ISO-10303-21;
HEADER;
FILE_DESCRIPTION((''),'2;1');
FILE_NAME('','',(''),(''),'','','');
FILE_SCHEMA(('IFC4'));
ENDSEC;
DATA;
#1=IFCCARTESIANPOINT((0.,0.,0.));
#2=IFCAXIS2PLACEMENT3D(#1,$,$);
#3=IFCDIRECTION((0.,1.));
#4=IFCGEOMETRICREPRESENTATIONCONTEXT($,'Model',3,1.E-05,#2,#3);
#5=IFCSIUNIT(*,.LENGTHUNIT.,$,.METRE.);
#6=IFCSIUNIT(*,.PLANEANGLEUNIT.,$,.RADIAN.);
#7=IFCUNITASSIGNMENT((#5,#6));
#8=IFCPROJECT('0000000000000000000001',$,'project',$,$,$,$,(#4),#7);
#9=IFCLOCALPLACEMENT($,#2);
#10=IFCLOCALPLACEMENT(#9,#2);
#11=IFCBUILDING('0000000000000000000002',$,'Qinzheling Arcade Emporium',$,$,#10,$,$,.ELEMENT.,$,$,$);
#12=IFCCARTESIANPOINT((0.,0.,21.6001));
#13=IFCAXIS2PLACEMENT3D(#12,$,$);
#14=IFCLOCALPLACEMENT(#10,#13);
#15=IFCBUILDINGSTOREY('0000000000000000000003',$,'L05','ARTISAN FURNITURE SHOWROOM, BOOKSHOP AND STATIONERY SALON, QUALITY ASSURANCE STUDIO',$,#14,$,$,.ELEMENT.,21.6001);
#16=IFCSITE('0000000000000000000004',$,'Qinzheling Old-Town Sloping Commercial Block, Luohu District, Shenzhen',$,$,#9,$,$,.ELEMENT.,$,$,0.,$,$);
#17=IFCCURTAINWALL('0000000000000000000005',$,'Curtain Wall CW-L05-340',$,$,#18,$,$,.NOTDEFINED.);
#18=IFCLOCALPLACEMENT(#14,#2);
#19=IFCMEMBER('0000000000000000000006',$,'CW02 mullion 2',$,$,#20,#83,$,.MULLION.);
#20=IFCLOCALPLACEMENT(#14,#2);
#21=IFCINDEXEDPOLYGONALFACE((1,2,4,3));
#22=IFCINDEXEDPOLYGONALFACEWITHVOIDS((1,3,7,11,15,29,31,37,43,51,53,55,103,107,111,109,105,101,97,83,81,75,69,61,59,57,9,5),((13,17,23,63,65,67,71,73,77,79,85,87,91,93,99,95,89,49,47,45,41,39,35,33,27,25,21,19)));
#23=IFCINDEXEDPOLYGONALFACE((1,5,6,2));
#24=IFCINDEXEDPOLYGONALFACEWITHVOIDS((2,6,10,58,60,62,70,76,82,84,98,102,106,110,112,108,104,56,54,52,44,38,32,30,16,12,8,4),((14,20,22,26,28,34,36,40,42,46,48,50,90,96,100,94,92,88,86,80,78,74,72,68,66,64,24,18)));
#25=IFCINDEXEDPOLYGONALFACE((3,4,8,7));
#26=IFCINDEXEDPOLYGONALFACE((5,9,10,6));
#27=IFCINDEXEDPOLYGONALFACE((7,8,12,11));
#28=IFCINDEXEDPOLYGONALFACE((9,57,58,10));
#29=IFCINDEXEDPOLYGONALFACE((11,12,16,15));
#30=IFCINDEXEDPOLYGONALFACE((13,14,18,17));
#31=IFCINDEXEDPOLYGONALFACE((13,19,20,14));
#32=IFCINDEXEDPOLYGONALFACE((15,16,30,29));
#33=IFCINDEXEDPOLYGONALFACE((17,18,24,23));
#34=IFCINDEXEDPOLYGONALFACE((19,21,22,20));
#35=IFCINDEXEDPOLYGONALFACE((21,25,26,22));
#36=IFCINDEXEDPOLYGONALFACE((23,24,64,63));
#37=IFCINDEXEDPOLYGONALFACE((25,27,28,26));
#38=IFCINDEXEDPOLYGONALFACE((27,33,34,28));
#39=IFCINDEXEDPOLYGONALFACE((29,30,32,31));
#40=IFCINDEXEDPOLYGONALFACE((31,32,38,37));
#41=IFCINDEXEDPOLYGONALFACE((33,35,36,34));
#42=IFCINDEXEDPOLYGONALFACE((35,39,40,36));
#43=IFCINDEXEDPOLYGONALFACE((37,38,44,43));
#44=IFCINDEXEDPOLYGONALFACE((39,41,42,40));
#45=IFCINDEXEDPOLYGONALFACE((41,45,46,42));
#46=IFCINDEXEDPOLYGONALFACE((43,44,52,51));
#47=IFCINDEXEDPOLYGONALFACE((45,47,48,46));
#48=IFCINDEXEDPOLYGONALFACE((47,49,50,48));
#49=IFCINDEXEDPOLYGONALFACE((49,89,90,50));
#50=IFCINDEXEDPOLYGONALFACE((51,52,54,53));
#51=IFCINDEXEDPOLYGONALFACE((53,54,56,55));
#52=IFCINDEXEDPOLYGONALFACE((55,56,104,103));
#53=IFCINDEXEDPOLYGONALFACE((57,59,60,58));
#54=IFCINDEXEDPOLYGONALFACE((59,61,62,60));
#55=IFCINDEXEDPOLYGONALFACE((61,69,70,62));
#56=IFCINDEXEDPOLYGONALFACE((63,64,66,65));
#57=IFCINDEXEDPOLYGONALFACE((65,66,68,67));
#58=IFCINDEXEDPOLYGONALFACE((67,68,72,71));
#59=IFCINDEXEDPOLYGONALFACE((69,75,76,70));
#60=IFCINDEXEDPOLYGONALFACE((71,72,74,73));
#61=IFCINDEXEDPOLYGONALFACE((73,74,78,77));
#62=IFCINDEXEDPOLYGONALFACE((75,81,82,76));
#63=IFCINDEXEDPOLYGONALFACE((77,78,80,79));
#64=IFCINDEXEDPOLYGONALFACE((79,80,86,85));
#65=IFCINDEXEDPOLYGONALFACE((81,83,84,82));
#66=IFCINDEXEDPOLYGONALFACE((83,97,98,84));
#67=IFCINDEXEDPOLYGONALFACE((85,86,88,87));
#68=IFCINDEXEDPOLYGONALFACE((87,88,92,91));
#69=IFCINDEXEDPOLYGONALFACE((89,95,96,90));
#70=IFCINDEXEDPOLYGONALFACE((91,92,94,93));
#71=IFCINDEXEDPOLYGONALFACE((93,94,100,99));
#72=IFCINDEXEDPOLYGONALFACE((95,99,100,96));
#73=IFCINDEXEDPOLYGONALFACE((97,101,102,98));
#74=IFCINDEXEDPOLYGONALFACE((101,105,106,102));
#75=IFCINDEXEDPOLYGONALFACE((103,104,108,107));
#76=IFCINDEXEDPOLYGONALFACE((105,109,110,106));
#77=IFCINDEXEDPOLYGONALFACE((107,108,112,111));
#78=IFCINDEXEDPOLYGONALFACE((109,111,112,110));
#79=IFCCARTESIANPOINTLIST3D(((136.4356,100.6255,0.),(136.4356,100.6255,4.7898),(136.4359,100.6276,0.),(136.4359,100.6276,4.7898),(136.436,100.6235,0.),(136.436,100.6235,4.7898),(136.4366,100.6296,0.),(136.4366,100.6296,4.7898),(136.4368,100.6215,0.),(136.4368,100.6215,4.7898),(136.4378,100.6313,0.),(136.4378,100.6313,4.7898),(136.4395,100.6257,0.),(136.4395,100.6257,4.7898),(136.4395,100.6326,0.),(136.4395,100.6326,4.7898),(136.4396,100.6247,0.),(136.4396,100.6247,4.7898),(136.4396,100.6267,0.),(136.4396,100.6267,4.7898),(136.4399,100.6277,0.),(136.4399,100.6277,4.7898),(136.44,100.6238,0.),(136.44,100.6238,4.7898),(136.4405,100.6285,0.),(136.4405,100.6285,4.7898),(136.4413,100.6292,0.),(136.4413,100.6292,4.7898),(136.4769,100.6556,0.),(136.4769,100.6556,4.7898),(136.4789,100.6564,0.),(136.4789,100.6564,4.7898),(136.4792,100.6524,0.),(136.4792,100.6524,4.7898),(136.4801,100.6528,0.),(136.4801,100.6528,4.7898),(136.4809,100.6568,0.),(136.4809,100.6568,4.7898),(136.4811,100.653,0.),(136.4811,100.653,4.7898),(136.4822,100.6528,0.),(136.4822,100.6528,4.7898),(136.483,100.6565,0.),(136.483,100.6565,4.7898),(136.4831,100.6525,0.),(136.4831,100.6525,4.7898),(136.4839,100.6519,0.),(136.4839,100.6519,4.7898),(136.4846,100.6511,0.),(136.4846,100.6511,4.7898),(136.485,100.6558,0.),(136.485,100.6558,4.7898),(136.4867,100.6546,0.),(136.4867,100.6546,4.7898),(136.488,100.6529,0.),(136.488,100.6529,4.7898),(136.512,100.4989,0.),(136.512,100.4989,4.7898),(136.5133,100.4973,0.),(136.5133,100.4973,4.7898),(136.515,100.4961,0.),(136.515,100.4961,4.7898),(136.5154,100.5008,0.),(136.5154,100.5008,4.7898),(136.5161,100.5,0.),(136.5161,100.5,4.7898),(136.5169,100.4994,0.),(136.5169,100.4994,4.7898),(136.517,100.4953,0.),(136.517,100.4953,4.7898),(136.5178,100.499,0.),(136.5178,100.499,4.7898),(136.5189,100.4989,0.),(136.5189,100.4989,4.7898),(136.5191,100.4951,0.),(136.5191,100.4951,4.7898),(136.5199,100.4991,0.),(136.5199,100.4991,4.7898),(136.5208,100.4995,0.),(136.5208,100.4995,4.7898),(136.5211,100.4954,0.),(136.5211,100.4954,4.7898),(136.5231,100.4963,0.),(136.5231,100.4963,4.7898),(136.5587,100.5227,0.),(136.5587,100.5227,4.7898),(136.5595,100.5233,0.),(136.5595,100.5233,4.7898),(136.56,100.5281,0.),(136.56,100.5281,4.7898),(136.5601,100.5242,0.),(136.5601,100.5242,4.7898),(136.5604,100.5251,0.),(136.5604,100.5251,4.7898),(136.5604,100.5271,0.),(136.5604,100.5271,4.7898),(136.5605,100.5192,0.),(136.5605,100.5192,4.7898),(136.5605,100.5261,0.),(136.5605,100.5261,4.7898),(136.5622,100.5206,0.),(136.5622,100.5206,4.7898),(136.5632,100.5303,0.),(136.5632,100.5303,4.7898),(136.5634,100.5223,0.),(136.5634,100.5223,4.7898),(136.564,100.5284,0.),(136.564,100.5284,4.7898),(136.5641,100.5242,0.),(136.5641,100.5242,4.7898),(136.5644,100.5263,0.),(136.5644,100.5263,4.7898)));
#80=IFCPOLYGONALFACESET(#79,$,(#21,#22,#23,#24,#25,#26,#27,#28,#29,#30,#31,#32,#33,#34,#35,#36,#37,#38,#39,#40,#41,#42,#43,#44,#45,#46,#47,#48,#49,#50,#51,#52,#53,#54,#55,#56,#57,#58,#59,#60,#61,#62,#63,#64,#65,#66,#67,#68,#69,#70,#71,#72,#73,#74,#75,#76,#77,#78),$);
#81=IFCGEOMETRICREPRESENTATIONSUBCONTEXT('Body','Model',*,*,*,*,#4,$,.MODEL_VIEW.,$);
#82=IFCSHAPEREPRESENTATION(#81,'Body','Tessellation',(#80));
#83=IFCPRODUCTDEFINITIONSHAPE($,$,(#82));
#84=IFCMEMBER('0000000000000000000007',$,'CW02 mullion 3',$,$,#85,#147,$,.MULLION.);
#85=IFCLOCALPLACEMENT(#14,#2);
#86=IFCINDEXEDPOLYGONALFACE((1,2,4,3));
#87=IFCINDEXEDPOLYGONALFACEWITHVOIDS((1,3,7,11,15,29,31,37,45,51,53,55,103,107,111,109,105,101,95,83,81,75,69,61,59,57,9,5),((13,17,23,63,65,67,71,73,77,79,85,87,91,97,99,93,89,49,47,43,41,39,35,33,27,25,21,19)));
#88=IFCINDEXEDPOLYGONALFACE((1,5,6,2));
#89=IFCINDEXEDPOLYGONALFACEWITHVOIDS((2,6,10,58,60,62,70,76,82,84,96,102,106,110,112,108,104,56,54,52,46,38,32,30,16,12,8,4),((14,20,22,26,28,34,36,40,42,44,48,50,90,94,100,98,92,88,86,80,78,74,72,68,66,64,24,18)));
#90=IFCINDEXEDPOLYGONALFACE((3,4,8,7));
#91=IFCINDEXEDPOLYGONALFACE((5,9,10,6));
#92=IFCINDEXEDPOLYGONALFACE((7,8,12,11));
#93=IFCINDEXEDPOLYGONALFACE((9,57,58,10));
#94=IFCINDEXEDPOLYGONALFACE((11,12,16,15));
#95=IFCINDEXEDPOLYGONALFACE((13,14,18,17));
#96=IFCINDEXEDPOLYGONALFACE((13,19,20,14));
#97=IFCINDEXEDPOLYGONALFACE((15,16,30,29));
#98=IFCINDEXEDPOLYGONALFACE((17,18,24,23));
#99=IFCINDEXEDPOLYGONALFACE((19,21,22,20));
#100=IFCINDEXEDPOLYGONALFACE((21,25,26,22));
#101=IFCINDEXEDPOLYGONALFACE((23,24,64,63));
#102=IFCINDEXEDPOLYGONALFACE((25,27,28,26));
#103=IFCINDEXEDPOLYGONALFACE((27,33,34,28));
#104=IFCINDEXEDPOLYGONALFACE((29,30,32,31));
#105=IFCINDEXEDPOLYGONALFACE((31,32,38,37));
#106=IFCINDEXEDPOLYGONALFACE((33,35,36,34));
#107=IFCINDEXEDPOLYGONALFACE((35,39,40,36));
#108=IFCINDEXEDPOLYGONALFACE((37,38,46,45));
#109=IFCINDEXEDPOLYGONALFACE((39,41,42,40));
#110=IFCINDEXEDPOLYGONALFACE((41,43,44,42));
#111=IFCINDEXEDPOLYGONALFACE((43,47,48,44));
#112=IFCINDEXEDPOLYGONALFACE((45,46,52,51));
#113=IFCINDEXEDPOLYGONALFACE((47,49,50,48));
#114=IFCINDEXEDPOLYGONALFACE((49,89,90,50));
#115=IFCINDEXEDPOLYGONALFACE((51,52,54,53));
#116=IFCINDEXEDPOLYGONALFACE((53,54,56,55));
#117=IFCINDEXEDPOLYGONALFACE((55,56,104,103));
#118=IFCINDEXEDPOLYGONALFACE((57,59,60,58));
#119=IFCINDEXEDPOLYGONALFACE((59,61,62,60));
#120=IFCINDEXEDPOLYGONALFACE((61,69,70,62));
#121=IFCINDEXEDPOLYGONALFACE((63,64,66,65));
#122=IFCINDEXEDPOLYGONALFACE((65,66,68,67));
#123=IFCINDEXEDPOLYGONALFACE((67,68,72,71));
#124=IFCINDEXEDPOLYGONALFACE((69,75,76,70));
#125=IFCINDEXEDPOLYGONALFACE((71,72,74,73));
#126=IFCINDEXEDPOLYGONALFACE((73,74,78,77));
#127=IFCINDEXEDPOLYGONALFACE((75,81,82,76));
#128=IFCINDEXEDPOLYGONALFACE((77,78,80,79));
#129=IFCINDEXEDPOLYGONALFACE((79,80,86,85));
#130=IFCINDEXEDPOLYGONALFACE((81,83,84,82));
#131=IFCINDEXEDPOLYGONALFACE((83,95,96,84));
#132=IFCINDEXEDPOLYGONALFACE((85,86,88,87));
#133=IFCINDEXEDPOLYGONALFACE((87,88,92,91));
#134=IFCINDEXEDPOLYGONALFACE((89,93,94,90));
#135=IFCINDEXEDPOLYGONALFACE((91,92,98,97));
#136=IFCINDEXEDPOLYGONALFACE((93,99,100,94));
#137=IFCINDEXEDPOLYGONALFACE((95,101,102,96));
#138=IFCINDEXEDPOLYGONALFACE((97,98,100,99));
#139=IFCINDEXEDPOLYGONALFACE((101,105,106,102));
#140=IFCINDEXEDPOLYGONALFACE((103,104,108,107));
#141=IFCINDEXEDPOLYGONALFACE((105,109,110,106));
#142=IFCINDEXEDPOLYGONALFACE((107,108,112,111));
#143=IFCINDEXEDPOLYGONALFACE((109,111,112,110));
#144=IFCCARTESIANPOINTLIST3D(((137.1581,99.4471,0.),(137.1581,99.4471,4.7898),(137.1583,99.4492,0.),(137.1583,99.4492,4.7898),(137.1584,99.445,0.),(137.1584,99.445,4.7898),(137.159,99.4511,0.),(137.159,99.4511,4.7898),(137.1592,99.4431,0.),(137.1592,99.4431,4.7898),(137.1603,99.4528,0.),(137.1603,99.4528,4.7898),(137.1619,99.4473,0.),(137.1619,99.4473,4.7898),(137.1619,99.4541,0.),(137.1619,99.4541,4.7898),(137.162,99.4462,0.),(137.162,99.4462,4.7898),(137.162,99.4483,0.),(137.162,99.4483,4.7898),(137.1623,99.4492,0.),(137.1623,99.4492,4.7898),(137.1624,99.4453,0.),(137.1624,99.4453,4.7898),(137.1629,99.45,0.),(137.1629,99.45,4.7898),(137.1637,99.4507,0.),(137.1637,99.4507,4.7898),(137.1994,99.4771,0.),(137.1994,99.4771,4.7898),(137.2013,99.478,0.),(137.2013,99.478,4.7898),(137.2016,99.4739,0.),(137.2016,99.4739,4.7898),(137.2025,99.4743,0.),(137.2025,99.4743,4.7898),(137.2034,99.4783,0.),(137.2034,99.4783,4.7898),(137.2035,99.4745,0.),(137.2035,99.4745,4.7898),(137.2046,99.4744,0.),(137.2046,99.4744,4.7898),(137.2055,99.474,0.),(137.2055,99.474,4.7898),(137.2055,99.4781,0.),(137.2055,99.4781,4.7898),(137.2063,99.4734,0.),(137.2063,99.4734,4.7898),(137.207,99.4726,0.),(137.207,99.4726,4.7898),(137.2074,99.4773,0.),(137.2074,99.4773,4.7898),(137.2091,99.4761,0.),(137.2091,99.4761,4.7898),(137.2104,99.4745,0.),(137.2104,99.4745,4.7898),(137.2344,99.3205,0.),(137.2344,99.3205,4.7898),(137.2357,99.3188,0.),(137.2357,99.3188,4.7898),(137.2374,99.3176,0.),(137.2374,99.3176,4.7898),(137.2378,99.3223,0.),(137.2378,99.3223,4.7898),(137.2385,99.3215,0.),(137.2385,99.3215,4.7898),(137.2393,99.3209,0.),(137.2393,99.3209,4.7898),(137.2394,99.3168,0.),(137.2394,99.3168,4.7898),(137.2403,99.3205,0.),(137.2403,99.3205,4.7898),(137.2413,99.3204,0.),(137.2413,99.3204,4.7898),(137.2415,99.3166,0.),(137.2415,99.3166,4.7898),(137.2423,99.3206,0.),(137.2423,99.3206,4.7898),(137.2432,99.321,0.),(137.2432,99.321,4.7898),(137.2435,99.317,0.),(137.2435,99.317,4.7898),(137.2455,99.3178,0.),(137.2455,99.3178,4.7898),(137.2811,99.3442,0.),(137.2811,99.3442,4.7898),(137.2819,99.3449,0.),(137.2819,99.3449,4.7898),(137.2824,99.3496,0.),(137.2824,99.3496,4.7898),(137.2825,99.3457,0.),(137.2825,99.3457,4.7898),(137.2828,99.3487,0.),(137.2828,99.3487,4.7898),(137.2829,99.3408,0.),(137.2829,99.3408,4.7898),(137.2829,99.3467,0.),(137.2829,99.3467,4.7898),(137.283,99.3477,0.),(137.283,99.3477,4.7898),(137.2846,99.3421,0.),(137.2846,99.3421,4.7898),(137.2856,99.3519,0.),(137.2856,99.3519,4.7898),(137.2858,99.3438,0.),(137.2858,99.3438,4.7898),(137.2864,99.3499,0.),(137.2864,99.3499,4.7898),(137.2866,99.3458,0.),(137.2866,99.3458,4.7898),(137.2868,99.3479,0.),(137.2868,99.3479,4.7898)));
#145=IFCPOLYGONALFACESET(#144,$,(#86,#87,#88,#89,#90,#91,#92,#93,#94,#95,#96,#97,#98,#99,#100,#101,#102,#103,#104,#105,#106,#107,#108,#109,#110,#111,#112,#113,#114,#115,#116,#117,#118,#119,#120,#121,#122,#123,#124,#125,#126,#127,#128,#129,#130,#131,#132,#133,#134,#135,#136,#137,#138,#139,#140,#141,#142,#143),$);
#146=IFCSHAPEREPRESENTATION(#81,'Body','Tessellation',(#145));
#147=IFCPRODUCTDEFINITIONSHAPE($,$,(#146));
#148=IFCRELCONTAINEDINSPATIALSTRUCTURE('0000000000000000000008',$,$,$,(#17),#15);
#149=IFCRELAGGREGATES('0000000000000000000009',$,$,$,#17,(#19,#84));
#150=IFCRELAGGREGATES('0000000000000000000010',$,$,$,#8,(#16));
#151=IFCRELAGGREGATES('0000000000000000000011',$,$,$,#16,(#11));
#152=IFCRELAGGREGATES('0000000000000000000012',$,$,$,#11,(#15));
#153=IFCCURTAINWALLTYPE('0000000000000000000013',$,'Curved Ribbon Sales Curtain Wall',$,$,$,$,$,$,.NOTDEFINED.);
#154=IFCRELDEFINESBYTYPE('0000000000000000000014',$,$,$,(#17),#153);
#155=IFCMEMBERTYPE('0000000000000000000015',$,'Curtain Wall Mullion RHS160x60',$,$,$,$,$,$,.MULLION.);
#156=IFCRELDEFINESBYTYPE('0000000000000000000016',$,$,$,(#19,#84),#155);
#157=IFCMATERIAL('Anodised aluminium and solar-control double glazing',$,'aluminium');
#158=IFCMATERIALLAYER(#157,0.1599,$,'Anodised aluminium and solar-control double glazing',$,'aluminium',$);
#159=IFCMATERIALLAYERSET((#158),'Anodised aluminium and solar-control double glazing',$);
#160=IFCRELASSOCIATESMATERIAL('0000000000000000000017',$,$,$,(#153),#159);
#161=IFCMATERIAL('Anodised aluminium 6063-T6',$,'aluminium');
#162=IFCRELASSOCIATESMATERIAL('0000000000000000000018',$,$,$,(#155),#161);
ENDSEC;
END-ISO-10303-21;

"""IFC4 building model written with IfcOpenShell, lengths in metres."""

from ifc_helpers import new_model, si_unit, direction, frame, origin, origin_2d, place, context, subcontext, project, spatial, hollow_rectangle, extrude, material, layer, layer_set, material_profile, profile_set, type_object, element, aggregate, save


model = new_model("IFC4")

# Units and contexts
model_context = context("Model", 3, precision=1e-05, world=origin(), true_north=direction((0.0, 1.0)))
body_context = subcontext(model_context, "Body", "Model", "MODEL_VIEW")
ifc_project = project(units=[si_unit("LENGTHUNIT", "METRE"), si_unit("PLANEANGLEUNIT", "RADIAN")], contexts=[model_context])

# Site, building, storey
site_placement = place(None, origin())
site = spatial("IfcSite", under=ifc_project, at=site_placement, Name="Qinzheling Old-Town Sloping Commercial Block, Luohu District, Shenzhen", CompositionType="ELEMENT", RefElevation=0.0)
building_placement = place(site_placement, origin())
building = spatial("IfcBuilding", under=site, at=building_placement, Name="Qinzheling Arcade Emporium", CompositionType="ELEMENT")
storey_placement = place(building_placement, frame((0.0, 0.0, 21.6001)))
storey = spatial("IfcBuildingStorey", under=building, at=storey_placement, Name="L05", Description="ARTISAN FURNITURE SHOWROOM, BOOKSHOP AND STATIONERY SALON, QUALITY ASSURANCE STUDIO", CompositionType="ELEMENT", Elevation=21.6001)

# Shared definitions
ifc_material_1 = material(Name="Anodised aluminium and solar-control double glazing", Category="aluminium")
ifc_layer_1 = layer(ifc_material_1, 0.1599, Name="Anodised aluminium and solar-control double glazing", Category="aluminium")
ifc_layer_set_1 = layer_set([ifc_layer_1], Name="Anodised aluminium and solar-control double glazing")
curtain_wall_type = type_object("IfcCurtainWallType", Name="Curved Ribbon Sales Curtain Wall", PredefinedType="NOTDEFINED", material=ifc_layer_set_1)
ifc_material_2 = material(Name="Anodised aluminium 6063-T6", Category="aluminium")
ifc_material_profile_1 = material_profile(ifc_material_2, hollow_rectangle(XDim=0.0601, YDim=0.1599, WallThickness=0.0039, InnerFilletRadius=0.0039, OuterFilletRadius=0.0081, at=origin_2d()), Name="RHS 160x60x4", Category="aluminium")
ifc_profile_set_1 = profile_set([ifc_material_profile_1], Name="Anodised aluminium 6063-T6")
member_type_1 = type_object("IfcMemberType", Name="Curtain Wall Mullion RHS160x60", PredefinedType="MULLION", material=ifc_profile_set_1)

# Curtain wall, members
curtain_wall_1_placement = place(storey_placement, origin())
curtain_wall_1 = element("IfcCurtainWall", 1, at=curtain_wall_1_placement, inside=storey, type_object=curtain_wall_type, Name="Curtain Wall CW-L05-340", PredefinedType="NOTDEFINED")
member_1_placement = place(storey_placement, frame((136.5, 100.5759, 0.0), z_axis=(0.0, 0.0, 1.0), x_axis=(0.852581, 0.522595, 0.0)))
member_1 = element("IfcMember", 2, at=member_1_placement, type_object=member_type_1, Name="CW02 mullion 2", PredefinedType="MULLION", context=body_context, shape_type="SweptSolid", body=[
    extrude(hollow_rectangle(XDim=0.0601, YDim=0.1599, WallThickness=0.0039, InnerFilletRadius=0.0039, OuterFilletRadius=0.0081, at=origin_2d()), origin(), (0.0, 0.0, 1.0), 4.7898),
])
member_2_placement = place(storey_placement, frame((137.2224, 99.3975, 0.0), z_axis=(0.0, 0.0, 1.0), x_axis=(0.852581, 0.522595, 0.0)))
member_2 = element("IfcMember", 3, at=member_2_placement, type_object=member_type_1, Name="CW02 mullion 3", PredefinedType="MULLION", context=body_context, shape_type="SweptSolid", body=[
    extrude(hollow_rectangle(XDim=0.0601, YDim=0.1599, WallThickness=0.0039, InnerFilletRadius=0.0039, OuterFilletRadius=0.0081, at=origin_2d()), origin(), (0.0, 0.0, 1.0), 4.7898),
])

aggregate(curtain_wall_1, [member_1, member_2])

save(model, "model.ifc")
